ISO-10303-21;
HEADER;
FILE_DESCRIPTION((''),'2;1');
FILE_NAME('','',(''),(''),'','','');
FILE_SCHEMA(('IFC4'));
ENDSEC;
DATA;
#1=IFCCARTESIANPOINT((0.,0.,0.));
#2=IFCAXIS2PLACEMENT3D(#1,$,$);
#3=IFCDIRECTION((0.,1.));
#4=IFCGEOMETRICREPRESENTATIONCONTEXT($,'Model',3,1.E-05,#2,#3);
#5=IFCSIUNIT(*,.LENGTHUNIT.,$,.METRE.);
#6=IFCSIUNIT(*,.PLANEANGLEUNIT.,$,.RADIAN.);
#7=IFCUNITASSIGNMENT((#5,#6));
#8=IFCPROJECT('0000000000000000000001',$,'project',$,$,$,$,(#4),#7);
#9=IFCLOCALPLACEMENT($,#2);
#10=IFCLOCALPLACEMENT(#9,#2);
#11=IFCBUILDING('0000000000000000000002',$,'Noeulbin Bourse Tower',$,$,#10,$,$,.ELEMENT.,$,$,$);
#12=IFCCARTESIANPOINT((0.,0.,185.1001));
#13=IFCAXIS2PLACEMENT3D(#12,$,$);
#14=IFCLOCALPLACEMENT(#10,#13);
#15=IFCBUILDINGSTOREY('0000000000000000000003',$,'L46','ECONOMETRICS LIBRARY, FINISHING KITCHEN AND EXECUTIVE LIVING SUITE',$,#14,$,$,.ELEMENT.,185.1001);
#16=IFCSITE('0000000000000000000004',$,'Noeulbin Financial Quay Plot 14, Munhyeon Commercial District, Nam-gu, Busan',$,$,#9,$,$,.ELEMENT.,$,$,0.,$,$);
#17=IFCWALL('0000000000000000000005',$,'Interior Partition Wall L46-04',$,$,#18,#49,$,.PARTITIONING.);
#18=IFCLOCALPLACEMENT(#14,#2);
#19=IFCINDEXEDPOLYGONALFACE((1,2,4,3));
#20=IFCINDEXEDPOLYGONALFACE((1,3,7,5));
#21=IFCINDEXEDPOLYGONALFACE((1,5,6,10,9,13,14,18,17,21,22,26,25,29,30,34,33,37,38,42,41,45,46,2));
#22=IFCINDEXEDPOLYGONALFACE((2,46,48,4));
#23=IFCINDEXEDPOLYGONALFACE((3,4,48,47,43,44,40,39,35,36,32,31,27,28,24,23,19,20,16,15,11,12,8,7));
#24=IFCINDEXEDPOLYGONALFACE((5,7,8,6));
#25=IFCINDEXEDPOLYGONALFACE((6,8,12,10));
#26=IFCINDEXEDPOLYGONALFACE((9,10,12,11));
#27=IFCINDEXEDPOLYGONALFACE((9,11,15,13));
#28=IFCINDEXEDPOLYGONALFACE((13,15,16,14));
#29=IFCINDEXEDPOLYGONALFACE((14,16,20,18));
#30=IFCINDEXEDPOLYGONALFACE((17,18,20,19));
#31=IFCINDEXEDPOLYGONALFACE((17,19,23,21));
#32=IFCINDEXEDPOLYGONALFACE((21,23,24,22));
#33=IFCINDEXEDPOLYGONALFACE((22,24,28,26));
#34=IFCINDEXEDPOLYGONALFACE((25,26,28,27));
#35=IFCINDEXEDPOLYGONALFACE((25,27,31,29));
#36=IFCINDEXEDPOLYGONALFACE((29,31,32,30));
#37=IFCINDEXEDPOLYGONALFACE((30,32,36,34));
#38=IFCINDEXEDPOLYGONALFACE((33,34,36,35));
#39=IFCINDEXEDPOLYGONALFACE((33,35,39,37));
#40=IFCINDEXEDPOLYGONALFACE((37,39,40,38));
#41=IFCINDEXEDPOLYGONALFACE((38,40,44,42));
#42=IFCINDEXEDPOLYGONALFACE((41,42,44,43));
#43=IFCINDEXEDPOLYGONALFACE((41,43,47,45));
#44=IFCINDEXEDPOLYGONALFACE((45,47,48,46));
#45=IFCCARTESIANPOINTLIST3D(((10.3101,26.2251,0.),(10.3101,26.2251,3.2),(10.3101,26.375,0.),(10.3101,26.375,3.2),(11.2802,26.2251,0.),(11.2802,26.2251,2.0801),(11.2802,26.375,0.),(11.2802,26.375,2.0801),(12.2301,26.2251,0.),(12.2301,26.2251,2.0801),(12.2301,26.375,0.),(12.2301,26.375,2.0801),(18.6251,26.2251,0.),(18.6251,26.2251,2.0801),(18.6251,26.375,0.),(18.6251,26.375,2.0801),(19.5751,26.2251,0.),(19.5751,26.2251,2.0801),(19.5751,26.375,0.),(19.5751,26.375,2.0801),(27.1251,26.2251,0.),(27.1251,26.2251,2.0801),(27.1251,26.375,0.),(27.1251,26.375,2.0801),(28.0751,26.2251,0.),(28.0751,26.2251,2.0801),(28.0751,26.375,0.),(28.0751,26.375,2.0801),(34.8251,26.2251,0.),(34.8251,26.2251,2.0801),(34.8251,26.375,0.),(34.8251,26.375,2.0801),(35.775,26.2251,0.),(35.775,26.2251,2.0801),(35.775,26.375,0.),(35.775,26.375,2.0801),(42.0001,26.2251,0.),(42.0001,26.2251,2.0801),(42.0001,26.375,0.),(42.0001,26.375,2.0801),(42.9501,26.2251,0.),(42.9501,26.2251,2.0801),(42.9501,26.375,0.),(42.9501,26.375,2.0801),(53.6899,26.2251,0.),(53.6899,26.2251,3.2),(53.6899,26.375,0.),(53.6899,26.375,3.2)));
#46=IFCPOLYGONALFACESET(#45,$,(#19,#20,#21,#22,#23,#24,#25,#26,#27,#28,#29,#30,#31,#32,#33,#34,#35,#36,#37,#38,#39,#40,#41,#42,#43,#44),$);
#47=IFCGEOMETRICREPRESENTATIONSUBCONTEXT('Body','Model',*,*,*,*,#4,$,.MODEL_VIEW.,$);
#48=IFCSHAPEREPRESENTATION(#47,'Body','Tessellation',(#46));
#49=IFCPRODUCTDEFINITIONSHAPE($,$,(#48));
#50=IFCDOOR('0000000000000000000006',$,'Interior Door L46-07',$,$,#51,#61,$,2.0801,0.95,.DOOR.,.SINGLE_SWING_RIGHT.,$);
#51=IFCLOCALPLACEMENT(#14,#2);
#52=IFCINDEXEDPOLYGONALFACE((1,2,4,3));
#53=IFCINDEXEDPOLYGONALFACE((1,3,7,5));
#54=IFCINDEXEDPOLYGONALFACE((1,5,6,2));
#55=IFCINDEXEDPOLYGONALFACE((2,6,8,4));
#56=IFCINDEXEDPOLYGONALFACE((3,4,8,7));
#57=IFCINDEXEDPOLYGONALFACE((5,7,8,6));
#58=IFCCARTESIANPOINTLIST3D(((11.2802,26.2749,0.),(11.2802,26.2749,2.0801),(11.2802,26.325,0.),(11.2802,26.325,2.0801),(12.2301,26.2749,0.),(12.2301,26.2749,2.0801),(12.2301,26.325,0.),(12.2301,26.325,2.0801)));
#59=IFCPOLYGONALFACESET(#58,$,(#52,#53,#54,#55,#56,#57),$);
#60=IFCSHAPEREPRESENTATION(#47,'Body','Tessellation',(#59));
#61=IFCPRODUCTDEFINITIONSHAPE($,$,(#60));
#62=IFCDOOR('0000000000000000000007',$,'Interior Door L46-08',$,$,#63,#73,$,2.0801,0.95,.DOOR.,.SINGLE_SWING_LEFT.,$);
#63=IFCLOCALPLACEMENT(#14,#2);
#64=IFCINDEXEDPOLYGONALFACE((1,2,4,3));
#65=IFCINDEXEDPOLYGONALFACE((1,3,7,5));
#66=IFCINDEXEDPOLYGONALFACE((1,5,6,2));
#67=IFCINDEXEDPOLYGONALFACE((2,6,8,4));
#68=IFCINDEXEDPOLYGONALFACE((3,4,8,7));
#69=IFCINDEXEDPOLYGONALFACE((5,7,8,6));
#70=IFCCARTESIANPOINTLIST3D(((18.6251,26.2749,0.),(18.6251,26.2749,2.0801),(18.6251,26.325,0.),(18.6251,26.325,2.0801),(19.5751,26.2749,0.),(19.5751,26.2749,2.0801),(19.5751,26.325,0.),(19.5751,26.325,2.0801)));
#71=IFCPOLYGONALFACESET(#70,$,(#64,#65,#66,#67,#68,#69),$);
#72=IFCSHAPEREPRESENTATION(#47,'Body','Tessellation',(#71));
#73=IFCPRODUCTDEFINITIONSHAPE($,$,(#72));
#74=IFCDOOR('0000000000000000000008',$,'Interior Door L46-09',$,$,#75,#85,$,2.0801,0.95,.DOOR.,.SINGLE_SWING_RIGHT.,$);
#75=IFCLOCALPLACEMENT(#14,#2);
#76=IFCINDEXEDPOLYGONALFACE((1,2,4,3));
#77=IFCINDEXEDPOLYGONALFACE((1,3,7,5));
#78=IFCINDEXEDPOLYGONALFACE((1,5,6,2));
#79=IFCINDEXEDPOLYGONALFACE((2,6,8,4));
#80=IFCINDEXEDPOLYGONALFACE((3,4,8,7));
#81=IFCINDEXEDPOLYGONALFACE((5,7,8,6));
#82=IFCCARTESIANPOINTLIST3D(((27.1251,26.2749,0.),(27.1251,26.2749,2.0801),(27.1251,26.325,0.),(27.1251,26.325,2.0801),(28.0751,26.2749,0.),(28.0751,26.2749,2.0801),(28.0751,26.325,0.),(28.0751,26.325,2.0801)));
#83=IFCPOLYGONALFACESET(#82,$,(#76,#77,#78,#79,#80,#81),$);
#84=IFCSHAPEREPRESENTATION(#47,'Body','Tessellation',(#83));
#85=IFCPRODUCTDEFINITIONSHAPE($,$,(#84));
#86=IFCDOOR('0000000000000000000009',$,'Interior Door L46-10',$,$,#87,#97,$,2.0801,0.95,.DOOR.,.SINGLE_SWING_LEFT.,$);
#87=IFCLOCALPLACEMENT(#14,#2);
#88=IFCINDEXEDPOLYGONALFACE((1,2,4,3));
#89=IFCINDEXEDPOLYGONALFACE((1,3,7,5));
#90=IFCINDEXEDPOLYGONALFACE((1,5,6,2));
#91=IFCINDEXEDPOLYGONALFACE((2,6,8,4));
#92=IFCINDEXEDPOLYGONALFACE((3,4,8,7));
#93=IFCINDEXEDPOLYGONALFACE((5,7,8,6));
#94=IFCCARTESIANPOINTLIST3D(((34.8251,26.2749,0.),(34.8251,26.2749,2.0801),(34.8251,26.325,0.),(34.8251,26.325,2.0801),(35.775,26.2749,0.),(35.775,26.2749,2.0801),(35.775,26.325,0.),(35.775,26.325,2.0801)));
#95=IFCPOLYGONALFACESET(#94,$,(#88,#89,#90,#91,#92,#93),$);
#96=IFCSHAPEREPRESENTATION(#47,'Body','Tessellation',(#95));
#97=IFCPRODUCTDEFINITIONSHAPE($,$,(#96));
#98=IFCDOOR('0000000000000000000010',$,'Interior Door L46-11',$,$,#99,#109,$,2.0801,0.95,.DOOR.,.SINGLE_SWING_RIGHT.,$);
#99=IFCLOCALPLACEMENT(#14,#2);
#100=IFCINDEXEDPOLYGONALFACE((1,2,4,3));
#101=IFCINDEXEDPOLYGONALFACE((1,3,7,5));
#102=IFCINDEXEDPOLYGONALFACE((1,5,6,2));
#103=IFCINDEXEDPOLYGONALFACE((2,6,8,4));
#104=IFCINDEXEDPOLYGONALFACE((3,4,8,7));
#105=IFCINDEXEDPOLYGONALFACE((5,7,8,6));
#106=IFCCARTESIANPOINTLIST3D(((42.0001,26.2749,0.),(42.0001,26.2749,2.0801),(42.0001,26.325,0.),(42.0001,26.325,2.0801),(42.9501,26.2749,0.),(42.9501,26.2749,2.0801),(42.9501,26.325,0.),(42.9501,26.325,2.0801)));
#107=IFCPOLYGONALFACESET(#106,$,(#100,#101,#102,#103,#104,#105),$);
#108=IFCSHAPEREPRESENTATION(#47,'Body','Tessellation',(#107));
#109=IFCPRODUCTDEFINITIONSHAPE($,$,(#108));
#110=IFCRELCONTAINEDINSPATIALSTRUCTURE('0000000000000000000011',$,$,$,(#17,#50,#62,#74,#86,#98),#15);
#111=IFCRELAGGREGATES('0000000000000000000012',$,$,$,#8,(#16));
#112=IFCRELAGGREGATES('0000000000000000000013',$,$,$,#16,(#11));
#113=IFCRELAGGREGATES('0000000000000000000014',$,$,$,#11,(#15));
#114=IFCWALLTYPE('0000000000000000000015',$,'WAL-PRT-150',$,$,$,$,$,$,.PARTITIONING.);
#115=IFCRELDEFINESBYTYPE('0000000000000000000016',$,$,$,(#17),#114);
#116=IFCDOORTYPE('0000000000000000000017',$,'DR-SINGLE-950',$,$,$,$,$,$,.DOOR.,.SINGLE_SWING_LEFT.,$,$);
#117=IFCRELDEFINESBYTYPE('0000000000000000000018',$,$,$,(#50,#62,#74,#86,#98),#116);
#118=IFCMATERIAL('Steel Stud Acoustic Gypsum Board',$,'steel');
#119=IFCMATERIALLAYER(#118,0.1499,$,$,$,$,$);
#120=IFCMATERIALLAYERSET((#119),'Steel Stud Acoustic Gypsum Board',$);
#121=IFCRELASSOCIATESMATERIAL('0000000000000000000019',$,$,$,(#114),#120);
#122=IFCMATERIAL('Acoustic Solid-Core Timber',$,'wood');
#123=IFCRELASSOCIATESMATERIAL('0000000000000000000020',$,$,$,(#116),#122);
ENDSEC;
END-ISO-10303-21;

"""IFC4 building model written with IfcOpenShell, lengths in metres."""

from ifc_helpers import new_model, si_unit, direction, frame, frame_2d, origin, place, context, subcontext, project, spatial, rectangle, extrude, material, layer, layer_set, type_object, element, fill, save


model = new_model("IFC4")

# Units and contexts
model_context = context("Model", 3, precision=1e-05, world=origin(), true_north=direction((0.0, 1.0)))
body_context = subcontext(model_context, "Body", "Model", "MODEL_VIEW")
ifc_project = project(units=[si_unit("LENGTHUNIT", "METRE"), si_unit("PLANEANGLEUNIT", "RADIAN")], contexts=[model_context])

# Site, building, storey
site_placement = place(None, origin())
site = spatial("IfcSite", under=ifc_project, at=site_placement, Name="Noeulbin Financial Quay Plot 14, Munhyeon Commercial District, Nam-gu, Busan", CompositionType="ELEMENT", RefElevation=0.0)
building_placement = place(site_placement, origin())
building = spatial("IfcBuilding", under=site, at=building_placement, Name="Noeulbin Bourse Tower", CompositionType="ELEMENT")
storey_placement = place(building_placement, frame((0.0, 0.0, 185.1001)))
storey = spatial("IfcBuildingStorey", under=building, at=storey_placement, Name="L46", Description="ECONOMETRICS LIBRARY, FINISHING KITCHEN AND EXECUTIVE LIVING SUITE", CompositionType="ELEMENT", Elevation=185.1001)

# Wall, openings, doors
ifc_material_1 = material(Name="Steel Stud Acoustic Gypsum Board", Category="steel")
ifc_layer_1 = layer(ifc_material_1, 0.1499)
ifc_layer_set_1 = layer_set([ifc_layer_1], Name="Steel Stud Acoustic Gypsum Board")
wall_type = type_object("IfcWallType", Name="WAL-PRT-150", PredefinedType="PARTITIONING", material=ifc_layer_set_1)
wall_placement = place(storey_placement, frame((10.3101, 26.3, 0.0), z_axis=(0.0, 0.0, 1.0), x_axis=(1.0, 0.0, 0.0)))
wall = element("IfcWall", 1, at=wall_placement, inside=storey, type_object=wall_type, Name="Interior Partition Wall L46-04", PredefinedType="PARTITIONING", context=body_context, shape_type="SweptSolid", body=[
    extrude(rectangle(XDim=43.3799, YDim=0.1499, at=frame_2d((21.6899, 0.0))), origin(), (0.0, 0.0, 1.0), 3.2),
])
opening_1_placement = place(wall_placement, frame((0.97, 0.0, 0.0)))
opening_1 = element("IfcOpeningElement", 2, at=opening_1_placement, cuts=wall, PredefinedType="OPENING", context=body_context, shape_type="SweptSolid", body=[
    extrude(rectangle(XDim=0.95, YDim=2.0801, at=frame_2d((0.4751, 1.04))), frame((0.0, 0.085, 0.0), z_axis=(0.0, -1.0, 0.0), x_axis=(1.0, 0.0, 0.0)), (0.0, 0.0, 1.0), 0.1699),
])
opening_2_placement = place(wall_placement, frame((8.3149, 0.0, 0.0)))
opening_2 = element("IfcOpeningElement", 3, at=opening_2_placement, cuts=wall, PredefinedType="OPENING", context=body_context, shape_type="SweptSolid", body=[
    extrude(rectangle(XDim=0.95, YDim=2.0801, at=frame_2d((0.4751, 1.04))), frame((0.0, 0.085, 0.0), z_axis=(0.0, -1.0, 0.0), x_axis=(1.0, 0.0, 0.0)), (0.0, 0.0, 1.0), 0.1699),
])
opening_3_placement = place(wall_placement, frame((16.8149, 0.0, 0.0)))
opening_3 = element("IfcOpeningElement", 4, at=opening_3_placement, cuts=wall, PredefinedType="OPENING", context=body_context, shape_type="SweptSolid", body=[
    extrude(rectangle(XDim=0.95, YDim=2.0801, at=frame_2d((0.4751, 1.04))), frame((0.0, 0.085, 0.0), z_axis=(0.0, -1.0, 0.0), x_axis=(1.0, 0.0, 0.0)), (0.0, 0.0, 1.0), 0.1699),
])
opening_4_placement = place(wall_placement, frame((24.5149, 0.0, 0.0)))
opening_4 = element("IfcOpeningElement", 5, at=opening_4_placement, cuts=wall, PredefinedType="OPENING", context=body_context, shape_type="SweptSolid", body=[
    extrude(rectangle(XDim=0.95, YDim=2.0801, at=frame_2d((0.4751, 1.04))), frame((0.0, 0.085, 0.0), z_axis=(0.0, -1.0, 0.0), x_axis=(1.0, 0.0, 0.0)), (0.0, 0.0, 1.0), 0.1699),
])
opening_5_placement = place(wall_placement, frame((31.6899, 0.0, 0.0)))
opening_5 = element("IfcOpeningElement", 6, at=opening_5_placement, cuts=wall, PredefinedType="OPENING", context=body_context, shape_type="SweptSolid", body=[
    extrude(rectangle(XDim=0.95, YDim=2.0801, at=frame_2d((0.4751, 1.04))), frame((0.0, 0.085, 0.0), z_axis=(0.0, -1.0, 0.0), x_axis=(1.0, 0.0, 0.0)), (0.0, 0.0, 1.0), 0.1699),
])
ifc_material_2 = material(Name="Acoustic Solid-Core Timber", Category="wood")
door_type = type_object("IfcDoorType", Name="DR-SINGLE-950", OperationType="SINGLE_SWING_LEFT", PredefinedType="DOOR", material=ifc_material_2)
door_1_placement = place(opening_1_placement, origin())
door_1 = element("IfcDoor", 7, at=door_1_placement, inside=storey, type_object=door_type, Name="Interior Door L46-07", OperationType="SINGLE_SWING_RIGHT", OverallHeight=2.0801, OverallWidth=0.95, PredefinedType="DOOR", context=body_context, shape_type="SweptSolid", body=[
    extrude(rectangle(XDim=0.95, YDim=2.0801, at=frame_2d((0.4751, 1.04))), frame((0.0, 0.0249, 0.0), z_axis=(0.0, -1.0, 0.0), x_axis=(1.0, 0.0, 0.0)), (0.0, 0.0, 1.0), 0.05),
])
fill(opening_1, door_1)
door_2_placement = place(opening_2_placement, origin())
door_2 = element("IfcDoor", 8, at=door_2_placement, inside=storey, type_object=door_type, Name="Interior Door L46-08", OperationType="SINGLE_SWING_LEFT", OverallHeight=2.0801, OverallWidth=0.95, PredefinedType="DOOR", context=body_context, shape_type="SweptSolid", body=[
    extrude(rectangle(XDim=0.95, YDim=2.0801, at=frame_2d((0.4751, 1.04))), frame((0.0, 0.0249, 0.0), z_axis=(0.0, -1.0, 0.0), x_axis=(1.0, 0.0, 0.0)), (0.0, 0.0, 1.0), 0.05),
])
fill(opening_2, door_2)
door_3_placement = place(opening_3_placement, origin())
door_3 = element("IfcDoor", 9, at=door_3_placement, inside=storey, type_object=door_type, Name="Interior Door L46-09", OperationType="SINGLE_SWING_RIGHT", OverallHeight=2.0801, OverallWidth=0.95, PredefinedType="DOOR", context=body_context, shape_type="SweptSolid", body=[
    extrude(rectangle(XDim=0.95, YDim=2.0801, at=frame_2d((0.4751, 1.04))), frame((0.0, 0.0249, 0.0), z_axis=(0.0, -1.0, 0.0), x_axis=(1.0, 0.0, 0.0)), (0.0, 0.0, 1.0), 0.05),
])
fill(opening_3, door_3)
door_4_placement = place(opening_4_placement, origin())
door_4 = element("IfcDoor", 10, at=door_4_placement, inside=storey, type_object=door_type, Name="Interior Door L46-10", OperationType="SINGLE_SWING_LEFT", OverallHeight=2.0801, OverallWidth=0.95, PredefinedType="DOOR", context=body_context, shape_type="SweptSolid", body=[
    extrude(rectangle(XDim=0.95, YDim=2.0801, at=frame_2d((0.4751, 1.04))), frame((0.0, 0.0249, 0.0), z_axis=(0.0, -1.0, 0.0), x_axis=(1.0, 0.0, 0.0)), (0.0, 0.0, 1.0), 0.05),
])
fill(opening_4, door_4)
door_5_placement = place(opening_5_placement, origin())
door_5 = element("IfcDoor", 11, at=door_5_placement, inside=storey, type_object=door_type, Name="Interior Door L46-11", OperationType="SINGLE_SWING_RIGHT", OverallHeight=2.0801, OverallWidth=0.95, PredefinedType="DOOR", context=body_context, shape_type="SweptSolid", body=[
    extrude(rectangle(XDim=0.95, YDim=2.0801, at=frame_2d((0.4751, 1.04))), frame((0.0, 0.0249, 0.0), z_axis=(0.0, -1.0, 0.0), x_axis=(1.0, 0.0, 0.0)), (0.0, 0.0, 1.0), 0.05),
])
fill(opening_5, door_5)

save(model, "model.ifc")
